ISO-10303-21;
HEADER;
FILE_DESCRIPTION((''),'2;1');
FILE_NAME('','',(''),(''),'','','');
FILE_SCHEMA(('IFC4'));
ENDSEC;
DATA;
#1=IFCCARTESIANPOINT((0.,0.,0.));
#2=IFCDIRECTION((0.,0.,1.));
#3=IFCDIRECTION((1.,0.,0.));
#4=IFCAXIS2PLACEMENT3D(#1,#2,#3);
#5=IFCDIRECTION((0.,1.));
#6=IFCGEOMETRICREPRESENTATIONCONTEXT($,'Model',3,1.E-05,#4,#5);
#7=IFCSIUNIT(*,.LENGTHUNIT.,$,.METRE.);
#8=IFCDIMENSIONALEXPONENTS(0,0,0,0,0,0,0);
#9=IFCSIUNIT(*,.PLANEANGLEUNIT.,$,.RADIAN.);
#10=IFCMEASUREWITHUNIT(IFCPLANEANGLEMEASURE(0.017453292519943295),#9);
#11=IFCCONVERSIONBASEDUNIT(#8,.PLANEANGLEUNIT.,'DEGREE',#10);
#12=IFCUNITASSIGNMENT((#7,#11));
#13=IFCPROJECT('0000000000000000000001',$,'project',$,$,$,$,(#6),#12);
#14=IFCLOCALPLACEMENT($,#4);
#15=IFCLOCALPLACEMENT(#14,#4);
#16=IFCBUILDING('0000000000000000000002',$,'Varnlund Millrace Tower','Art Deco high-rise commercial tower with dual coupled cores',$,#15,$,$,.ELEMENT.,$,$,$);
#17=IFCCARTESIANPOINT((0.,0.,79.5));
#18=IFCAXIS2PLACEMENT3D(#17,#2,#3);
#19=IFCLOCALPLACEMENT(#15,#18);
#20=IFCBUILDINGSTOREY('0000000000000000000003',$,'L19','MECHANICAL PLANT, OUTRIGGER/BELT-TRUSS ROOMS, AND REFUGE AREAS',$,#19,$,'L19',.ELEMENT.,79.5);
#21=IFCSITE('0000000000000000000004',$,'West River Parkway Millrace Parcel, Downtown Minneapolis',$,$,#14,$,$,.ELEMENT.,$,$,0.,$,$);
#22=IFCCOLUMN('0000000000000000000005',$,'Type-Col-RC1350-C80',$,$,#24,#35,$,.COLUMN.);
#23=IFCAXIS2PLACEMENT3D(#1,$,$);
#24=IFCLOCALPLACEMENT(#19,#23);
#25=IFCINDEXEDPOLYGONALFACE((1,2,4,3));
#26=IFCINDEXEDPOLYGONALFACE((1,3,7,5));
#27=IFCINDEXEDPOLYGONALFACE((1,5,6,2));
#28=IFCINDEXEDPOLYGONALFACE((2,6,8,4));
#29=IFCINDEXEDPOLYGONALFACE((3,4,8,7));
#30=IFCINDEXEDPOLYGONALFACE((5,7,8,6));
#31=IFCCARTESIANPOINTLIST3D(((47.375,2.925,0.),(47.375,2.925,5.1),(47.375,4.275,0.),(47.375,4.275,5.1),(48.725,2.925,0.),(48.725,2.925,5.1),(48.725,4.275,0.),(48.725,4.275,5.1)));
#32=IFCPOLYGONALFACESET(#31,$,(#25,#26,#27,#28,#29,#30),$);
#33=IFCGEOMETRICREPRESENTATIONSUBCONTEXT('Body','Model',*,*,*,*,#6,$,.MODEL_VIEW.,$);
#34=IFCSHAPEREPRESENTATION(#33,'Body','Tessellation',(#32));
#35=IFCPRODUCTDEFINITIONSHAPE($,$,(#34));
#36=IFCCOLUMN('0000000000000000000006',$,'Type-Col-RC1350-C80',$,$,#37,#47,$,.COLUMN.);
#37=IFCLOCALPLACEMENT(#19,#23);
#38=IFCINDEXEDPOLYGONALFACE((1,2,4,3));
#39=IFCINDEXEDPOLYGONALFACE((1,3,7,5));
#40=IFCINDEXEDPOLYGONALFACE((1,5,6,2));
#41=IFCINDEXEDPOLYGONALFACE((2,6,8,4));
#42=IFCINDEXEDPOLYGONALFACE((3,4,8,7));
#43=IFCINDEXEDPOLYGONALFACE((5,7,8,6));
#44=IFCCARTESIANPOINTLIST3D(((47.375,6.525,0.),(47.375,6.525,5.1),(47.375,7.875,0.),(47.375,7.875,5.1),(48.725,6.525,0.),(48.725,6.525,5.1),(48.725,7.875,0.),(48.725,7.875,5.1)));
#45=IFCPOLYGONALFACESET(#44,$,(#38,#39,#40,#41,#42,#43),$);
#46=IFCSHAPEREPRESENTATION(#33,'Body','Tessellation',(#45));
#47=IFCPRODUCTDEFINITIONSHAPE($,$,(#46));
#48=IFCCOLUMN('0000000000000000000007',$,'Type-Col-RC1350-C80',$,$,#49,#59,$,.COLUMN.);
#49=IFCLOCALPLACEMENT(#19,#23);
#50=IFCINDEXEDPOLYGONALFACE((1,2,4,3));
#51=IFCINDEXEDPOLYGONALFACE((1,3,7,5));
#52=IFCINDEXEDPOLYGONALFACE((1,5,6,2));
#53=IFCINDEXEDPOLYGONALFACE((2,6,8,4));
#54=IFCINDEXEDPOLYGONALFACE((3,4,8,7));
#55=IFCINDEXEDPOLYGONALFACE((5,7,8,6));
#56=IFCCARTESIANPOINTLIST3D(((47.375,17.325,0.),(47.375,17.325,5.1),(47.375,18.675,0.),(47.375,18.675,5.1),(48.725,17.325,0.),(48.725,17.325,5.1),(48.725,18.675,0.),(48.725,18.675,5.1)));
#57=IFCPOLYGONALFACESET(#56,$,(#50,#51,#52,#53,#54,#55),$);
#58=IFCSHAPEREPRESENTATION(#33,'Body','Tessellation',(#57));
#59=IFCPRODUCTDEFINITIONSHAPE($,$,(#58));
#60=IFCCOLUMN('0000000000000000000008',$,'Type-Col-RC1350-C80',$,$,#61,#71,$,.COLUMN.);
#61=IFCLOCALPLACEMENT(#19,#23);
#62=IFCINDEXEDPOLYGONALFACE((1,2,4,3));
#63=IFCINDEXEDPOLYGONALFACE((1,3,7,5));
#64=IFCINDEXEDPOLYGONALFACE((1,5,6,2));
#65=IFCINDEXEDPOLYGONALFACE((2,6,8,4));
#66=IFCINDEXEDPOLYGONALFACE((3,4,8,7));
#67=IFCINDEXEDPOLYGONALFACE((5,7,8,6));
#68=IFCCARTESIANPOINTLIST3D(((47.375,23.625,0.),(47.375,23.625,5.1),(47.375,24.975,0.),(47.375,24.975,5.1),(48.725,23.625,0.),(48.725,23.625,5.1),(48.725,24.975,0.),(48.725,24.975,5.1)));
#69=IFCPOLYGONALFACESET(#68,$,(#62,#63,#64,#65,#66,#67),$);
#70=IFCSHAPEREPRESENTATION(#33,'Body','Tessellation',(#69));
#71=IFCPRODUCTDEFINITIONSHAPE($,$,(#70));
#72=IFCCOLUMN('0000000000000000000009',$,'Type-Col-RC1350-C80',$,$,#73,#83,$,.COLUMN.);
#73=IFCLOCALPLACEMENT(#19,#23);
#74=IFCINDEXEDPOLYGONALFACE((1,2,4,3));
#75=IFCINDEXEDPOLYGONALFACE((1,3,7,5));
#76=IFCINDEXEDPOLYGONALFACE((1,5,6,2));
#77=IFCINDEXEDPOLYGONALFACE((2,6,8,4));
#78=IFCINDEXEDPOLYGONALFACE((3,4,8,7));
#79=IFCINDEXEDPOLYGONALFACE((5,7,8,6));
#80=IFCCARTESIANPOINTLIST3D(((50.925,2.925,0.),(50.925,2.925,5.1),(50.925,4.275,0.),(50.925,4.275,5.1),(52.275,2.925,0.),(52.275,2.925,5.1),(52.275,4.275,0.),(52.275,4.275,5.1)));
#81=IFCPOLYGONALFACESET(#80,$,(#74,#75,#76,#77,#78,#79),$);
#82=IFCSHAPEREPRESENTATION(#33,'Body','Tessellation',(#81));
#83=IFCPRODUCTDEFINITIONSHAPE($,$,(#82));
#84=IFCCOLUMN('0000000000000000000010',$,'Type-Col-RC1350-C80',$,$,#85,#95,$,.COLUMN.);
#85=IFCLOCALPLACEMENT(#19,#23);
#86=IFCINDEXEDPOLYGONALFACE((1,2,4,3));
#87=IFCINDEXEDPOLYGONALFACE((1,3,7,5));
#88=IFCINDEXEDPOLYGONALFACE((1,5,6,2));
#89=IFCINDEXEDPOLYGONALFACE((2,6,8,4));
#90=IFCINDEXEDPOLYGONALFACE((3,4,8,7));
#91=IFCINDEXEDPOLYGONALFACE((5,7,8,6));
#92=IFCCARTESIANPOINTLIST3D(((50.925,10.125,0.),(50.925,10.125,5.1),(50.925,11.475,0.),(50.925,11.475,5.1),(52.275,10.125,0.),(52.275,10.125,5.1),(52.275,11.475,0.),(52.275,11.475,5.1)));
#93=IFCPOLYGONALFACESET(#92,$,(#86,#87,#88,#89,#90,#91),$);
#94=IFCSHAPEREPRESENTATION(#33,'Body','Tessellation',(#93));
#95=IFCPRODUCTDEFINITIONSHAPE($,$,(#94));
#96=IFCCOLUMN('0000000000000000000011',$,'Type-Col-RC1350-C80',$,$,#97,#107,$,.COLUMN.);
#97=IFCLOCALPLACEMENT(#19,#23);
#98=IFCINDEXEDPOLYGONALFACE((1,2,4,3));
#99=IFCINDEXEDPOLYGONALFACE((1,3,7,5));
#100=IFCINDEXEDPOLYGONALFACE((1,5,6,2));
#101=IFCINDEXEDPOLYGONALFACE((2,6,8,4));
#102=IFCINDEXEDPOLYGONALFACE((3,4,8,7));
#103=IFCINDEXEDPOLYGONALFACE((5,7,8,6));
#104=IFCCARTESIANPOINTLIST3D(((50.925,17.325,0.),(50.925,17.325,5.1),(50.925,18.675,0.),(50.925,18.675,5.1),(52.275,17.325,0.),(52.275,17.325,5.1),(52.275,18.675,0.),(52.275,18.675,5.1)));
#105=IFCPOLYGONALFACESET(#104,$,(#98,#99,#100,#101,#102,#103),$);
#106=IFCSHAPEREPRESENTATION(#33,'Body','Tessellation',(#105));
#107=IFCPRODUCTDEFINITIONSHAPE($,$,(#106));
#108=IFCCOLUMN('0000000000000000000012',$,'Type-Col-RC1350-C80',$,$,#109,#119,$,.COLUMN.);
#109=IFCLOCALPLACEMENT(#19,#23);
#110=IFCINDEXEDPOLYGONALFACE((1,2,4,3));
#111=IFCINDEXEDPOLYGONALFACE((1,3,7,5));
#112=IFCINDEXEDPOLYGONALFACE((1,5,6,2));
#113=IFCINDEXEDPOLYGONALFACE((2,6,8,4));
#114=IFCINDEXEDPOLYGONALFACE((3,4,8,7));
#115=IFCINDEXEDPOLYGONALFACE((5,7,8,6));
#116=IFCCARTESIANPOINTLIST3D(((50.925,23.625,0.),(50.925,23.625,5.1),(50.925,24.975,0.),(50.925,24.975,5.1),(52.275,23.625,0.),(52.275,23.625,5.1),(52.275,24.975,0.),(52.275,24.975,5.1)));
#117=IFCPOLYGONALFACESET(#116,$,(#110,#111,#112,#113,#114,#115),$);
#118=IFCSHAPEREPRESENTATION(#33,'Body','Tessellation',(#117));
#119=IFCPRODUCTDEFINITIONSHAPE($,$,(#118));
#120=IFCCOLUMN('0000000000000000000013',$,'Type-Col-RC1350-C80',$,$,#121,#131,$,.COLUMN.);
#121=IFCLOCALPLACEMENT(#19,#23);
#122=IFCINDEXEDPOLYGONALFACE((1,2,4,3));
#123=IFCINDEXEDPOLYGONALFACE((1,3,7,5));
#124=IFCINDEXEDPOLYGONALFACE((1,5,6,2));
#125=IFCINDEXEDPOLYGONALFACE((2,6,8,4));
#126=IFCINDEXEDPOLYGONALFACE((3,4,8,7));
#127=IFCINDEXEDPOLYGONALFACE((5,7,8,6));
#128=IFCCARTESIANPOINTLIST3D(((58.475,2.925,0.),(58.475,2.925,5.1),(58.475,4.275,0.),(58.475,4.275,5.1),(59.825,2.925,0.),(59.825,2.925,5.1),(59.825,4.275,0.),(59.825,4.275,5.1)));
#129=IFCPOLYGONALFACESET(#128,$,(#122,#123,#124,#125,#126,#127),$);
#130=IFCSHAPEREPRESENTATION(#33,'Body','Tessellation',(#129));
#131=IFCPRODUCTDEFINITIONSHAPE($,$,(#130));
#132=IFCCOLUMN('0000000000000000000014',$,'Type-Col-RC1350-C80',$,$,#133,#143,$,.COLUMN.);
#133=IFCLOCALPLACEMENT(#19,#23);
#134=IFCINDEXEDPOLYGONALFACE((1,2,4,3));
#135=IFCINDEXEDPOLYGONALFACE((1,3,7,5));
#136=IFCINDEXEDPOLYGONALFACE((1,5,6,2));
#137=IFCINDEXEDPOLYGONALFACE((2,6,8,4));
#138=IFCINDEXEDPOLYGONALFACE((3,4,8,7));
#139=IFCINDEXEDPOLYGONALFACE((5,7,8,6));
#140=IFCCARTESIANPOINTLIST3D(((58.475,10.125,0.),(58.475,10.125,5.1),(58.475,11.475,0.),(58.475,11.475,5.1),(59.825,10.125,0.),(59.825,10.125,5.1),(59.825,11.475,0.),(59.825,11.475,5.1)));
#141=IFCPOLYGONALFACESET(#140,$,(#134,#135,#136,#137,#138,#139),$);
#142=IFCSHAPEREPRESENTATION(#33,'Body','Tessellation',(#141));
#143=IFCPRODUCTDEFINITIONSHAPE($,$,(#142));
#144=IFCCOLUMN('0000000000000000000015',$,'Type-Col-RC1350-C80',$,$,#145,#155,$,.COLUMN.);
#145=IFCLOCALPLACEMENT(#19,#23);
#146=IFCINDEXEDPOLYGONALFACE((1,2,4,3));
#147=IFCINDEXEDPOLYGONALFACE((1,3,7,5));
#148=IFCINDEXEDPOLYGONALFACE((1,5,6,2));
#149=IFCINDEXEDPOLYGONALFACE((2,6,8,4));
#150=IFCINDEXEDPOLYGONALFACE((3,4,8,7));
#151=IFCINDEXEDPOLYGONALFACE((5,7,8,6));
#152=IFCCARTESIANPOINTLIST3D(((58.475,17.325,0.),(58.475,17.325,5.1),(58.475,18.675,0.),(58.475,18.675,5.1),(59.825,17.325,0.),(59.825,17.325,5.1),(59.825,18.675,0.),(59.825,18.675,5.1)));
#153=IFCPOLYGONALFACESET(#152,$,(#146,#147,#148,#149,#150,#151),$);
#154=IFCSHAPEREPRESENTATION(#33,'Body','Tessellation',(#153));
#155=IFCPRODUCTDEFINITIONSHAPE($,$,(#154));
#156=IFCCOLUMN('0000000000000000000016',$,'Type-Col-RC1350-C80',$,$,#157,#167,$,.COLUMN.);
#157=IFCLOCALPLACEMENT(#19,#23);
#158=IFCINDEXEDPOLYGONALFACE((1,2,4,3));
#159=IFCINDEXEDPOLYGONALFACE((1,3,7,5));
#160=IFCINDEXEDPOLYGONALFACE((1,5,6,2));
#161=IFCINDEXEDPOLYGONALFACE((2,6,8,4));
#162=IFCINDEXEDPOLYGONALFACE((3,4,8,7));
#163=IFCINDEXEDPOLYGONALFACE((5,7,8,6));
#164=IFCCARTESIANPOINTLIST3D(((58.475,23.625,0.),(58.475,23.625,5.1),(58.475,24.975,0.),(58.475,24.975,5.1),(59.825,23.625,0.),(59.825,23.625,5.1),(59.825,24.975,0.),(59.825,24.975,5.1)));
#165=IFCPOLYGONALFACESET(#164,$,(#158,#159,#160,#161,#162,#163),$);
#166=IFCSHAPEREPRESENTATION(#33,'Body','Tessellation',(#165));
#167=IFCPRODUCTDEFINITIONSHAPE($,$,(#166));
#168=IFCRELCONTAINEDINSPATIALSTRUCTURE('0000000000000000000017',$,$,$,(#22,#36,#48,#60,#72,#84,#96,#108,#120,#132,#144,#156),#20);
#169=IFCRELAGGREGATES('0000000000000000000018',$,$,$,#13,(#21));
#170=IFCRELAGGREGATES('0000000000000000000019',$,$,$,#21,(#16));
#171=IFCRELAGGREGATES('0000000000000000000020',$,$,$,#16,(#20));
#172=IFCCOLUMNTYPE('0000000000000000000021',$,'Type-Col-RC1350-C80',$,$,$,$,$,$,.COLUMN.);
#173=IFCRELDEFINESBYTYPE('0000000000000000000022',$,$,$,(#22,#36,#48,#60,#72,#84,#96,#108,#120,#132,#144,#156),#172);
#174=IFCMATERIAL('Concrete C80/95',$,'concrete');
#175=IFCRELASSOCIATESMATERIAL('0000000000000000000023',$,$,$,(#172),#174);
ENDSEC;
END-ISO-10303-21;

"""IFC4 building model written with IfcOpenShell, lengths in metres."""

from ifc_helpers import new_model, entity, si_unit, converted_unit, direction, frame, origin_with_axes, origin_2d_with_axis, place, context, subcontext, project, spatial, rectangle, extrude, material, material_profile, profile_set, type_object, element, save


model = new_model("IFC4")

# Units and contexts
model_context = context("Model", 3, precision=1e-05, world=origin_with_axes(), true_north=direction((0.0, 1.0)))
body_context = subcontext(model_context, "Body", "Model", "MODEL_VIEW")
ifc_project = project(units=[si_unit("LENGTHUNIT", "METRE"), converted_unit("PLANEANGLEUNIT", "DEGREE", entity("IfcPlaneAngleMeasure", 0.017453292519943295), si_unit("PLANEANGLEUNIT", "RADIAN"), dimensions=[0, 0, 0, 0, 0, 0, 0])], contexts=[model_context])

# Site, building, storey
site_placement = place(None, origin_with_axes())
site = spatial("IfcSite", under=ifc_project, at=site_placement, Name="West River Parkway Millrace Parcel, Downtown Minneapolis", CompositionType="ELEMENT", RefElevation=0.0)
building_placement = place(site_placement, origin_with_axes())
building = spatial("IfcBuilding", under=site, at=building_placement, Name="Varnlund Millrace Tower", Description="Art Deco high-rise commercial tower with dual coupled cores", CompositionType="ELEMENT")
storey_placement = place(building_placement, frame((0.0, 0.0, 79.5), z_axis=(0.0, 0.0, 1.0), x_axis=(1.0, 0.0, 0.0)))
storey = spatial("IfcBuildingStorey", under=building, at=storey_placement, Name="L19", Description="MECHANICAL PLANT, OUTRIGGER/BELT-TRUSS ROOMS, AND REFUGE AREAS", LongName="L19", CompositionType="ELEMENT", Elevation=79.5)

# Columns
ifc_material_1 = material(Name="Concrete C80/95", Category="concrete")
ifc_material_profile = material_profile(ifc_material_1, rectangle(XDim=1.35, YDim=1.35, at=origin_2d_with_axis()), Name="Concrete C80/95")
ifc_profile_set = profile_set([ifc_material_profile], Name="Concrete C80/95")
column_type = type_object("IfcColumnType", Name="Type-Col-RC1350-C80", PredefinedType="COLUMN", material=ifc_profile_set)
for number, where, z_axis, x_axis, name in (
    (1, (48.05, 3.6, 0.0), (0.0, 0.0, 1.0), (1.0, 0.0, 0.0), "Type-Col-RC1350-C80"),
    (2, (48.05, 7.2, 0.0), (0.0, 0.0, 1.0), (1.0, 0.0, 0.0), "Type-Col-RC1350-C80"),
    (3, (48.05, 18.0, 0.0), (0.0, 0.0, 1.0), (1.0, 0.0, 0.0), "Type-Col-RC1350-C80"),
    (4, (48.05, 24.3, 0.0), (0.0, 0.0, 1.0), (1.0, 0.0, 0.0), "Type-Col-RC1350-C80"),
    (5, (51.6, 3.6, 0.0), (0.0, 0.0, 1.0), (1.0, 0.0, 0.0), "Type-Col-RC1350-C80"),
    (6, (51.6, 10.8, 0.0), (0.0, 0.0, 1.0), (1.0, 0.0, 0.0), "Type-Col-RC1350-C80"),
    (7, (51.6, 18.0, 0.0), (0.0, 0.0, 1.0), (1.0, 0.0, 0.0), "Type-Col-RC1350-C80"),
    (8, (51.6, 24.3, 0.0), (0.0, 0.0, 1.0), (1.0, 0.0, 0.0), "Type-Col-RC1350-C80"),
    (9, (59.15, 3.6, 0.0), (0.0, 0.0, 1.0), (1.0, 0.0, 0.0), "Type-Col-RC1350-C80"),
    (10, (59.15, 10.8, 0.0), (0.0, 0.0, 1.0), (1.0, 0.0, 0.0), "Type-Col-RC1350-C80"),
    (11, (59.15, 18.0, 0.0), (0.0, 0.0, 1.0), (1.0, 0.0, 0.0), "Type-Col-RC1350-C80"),
    (12, (59.15, 24.3, 0.0), (0.0, 0.0, 1.0), (1.0, 0.0, 0.0), "Type-Col-RC1350-C80"),
):
    element("IfcColumn", number, at=place(storey_placement, frame(where, z_axis=z_axis, x_axis=x_axis)), inside=storey, type_object=column_type, Name=name, PredefinedType="COLUMN", context=body_context, shape_type="SweptSolid", body=[
        extrude(rectangle(XDim=1.35, YDim=1.35, at=origin_2d_with_axis()), origin_with_axes(), (0.0, 0.0, 1.0), 5.1),
    ])

save(model, "model.ifc")
